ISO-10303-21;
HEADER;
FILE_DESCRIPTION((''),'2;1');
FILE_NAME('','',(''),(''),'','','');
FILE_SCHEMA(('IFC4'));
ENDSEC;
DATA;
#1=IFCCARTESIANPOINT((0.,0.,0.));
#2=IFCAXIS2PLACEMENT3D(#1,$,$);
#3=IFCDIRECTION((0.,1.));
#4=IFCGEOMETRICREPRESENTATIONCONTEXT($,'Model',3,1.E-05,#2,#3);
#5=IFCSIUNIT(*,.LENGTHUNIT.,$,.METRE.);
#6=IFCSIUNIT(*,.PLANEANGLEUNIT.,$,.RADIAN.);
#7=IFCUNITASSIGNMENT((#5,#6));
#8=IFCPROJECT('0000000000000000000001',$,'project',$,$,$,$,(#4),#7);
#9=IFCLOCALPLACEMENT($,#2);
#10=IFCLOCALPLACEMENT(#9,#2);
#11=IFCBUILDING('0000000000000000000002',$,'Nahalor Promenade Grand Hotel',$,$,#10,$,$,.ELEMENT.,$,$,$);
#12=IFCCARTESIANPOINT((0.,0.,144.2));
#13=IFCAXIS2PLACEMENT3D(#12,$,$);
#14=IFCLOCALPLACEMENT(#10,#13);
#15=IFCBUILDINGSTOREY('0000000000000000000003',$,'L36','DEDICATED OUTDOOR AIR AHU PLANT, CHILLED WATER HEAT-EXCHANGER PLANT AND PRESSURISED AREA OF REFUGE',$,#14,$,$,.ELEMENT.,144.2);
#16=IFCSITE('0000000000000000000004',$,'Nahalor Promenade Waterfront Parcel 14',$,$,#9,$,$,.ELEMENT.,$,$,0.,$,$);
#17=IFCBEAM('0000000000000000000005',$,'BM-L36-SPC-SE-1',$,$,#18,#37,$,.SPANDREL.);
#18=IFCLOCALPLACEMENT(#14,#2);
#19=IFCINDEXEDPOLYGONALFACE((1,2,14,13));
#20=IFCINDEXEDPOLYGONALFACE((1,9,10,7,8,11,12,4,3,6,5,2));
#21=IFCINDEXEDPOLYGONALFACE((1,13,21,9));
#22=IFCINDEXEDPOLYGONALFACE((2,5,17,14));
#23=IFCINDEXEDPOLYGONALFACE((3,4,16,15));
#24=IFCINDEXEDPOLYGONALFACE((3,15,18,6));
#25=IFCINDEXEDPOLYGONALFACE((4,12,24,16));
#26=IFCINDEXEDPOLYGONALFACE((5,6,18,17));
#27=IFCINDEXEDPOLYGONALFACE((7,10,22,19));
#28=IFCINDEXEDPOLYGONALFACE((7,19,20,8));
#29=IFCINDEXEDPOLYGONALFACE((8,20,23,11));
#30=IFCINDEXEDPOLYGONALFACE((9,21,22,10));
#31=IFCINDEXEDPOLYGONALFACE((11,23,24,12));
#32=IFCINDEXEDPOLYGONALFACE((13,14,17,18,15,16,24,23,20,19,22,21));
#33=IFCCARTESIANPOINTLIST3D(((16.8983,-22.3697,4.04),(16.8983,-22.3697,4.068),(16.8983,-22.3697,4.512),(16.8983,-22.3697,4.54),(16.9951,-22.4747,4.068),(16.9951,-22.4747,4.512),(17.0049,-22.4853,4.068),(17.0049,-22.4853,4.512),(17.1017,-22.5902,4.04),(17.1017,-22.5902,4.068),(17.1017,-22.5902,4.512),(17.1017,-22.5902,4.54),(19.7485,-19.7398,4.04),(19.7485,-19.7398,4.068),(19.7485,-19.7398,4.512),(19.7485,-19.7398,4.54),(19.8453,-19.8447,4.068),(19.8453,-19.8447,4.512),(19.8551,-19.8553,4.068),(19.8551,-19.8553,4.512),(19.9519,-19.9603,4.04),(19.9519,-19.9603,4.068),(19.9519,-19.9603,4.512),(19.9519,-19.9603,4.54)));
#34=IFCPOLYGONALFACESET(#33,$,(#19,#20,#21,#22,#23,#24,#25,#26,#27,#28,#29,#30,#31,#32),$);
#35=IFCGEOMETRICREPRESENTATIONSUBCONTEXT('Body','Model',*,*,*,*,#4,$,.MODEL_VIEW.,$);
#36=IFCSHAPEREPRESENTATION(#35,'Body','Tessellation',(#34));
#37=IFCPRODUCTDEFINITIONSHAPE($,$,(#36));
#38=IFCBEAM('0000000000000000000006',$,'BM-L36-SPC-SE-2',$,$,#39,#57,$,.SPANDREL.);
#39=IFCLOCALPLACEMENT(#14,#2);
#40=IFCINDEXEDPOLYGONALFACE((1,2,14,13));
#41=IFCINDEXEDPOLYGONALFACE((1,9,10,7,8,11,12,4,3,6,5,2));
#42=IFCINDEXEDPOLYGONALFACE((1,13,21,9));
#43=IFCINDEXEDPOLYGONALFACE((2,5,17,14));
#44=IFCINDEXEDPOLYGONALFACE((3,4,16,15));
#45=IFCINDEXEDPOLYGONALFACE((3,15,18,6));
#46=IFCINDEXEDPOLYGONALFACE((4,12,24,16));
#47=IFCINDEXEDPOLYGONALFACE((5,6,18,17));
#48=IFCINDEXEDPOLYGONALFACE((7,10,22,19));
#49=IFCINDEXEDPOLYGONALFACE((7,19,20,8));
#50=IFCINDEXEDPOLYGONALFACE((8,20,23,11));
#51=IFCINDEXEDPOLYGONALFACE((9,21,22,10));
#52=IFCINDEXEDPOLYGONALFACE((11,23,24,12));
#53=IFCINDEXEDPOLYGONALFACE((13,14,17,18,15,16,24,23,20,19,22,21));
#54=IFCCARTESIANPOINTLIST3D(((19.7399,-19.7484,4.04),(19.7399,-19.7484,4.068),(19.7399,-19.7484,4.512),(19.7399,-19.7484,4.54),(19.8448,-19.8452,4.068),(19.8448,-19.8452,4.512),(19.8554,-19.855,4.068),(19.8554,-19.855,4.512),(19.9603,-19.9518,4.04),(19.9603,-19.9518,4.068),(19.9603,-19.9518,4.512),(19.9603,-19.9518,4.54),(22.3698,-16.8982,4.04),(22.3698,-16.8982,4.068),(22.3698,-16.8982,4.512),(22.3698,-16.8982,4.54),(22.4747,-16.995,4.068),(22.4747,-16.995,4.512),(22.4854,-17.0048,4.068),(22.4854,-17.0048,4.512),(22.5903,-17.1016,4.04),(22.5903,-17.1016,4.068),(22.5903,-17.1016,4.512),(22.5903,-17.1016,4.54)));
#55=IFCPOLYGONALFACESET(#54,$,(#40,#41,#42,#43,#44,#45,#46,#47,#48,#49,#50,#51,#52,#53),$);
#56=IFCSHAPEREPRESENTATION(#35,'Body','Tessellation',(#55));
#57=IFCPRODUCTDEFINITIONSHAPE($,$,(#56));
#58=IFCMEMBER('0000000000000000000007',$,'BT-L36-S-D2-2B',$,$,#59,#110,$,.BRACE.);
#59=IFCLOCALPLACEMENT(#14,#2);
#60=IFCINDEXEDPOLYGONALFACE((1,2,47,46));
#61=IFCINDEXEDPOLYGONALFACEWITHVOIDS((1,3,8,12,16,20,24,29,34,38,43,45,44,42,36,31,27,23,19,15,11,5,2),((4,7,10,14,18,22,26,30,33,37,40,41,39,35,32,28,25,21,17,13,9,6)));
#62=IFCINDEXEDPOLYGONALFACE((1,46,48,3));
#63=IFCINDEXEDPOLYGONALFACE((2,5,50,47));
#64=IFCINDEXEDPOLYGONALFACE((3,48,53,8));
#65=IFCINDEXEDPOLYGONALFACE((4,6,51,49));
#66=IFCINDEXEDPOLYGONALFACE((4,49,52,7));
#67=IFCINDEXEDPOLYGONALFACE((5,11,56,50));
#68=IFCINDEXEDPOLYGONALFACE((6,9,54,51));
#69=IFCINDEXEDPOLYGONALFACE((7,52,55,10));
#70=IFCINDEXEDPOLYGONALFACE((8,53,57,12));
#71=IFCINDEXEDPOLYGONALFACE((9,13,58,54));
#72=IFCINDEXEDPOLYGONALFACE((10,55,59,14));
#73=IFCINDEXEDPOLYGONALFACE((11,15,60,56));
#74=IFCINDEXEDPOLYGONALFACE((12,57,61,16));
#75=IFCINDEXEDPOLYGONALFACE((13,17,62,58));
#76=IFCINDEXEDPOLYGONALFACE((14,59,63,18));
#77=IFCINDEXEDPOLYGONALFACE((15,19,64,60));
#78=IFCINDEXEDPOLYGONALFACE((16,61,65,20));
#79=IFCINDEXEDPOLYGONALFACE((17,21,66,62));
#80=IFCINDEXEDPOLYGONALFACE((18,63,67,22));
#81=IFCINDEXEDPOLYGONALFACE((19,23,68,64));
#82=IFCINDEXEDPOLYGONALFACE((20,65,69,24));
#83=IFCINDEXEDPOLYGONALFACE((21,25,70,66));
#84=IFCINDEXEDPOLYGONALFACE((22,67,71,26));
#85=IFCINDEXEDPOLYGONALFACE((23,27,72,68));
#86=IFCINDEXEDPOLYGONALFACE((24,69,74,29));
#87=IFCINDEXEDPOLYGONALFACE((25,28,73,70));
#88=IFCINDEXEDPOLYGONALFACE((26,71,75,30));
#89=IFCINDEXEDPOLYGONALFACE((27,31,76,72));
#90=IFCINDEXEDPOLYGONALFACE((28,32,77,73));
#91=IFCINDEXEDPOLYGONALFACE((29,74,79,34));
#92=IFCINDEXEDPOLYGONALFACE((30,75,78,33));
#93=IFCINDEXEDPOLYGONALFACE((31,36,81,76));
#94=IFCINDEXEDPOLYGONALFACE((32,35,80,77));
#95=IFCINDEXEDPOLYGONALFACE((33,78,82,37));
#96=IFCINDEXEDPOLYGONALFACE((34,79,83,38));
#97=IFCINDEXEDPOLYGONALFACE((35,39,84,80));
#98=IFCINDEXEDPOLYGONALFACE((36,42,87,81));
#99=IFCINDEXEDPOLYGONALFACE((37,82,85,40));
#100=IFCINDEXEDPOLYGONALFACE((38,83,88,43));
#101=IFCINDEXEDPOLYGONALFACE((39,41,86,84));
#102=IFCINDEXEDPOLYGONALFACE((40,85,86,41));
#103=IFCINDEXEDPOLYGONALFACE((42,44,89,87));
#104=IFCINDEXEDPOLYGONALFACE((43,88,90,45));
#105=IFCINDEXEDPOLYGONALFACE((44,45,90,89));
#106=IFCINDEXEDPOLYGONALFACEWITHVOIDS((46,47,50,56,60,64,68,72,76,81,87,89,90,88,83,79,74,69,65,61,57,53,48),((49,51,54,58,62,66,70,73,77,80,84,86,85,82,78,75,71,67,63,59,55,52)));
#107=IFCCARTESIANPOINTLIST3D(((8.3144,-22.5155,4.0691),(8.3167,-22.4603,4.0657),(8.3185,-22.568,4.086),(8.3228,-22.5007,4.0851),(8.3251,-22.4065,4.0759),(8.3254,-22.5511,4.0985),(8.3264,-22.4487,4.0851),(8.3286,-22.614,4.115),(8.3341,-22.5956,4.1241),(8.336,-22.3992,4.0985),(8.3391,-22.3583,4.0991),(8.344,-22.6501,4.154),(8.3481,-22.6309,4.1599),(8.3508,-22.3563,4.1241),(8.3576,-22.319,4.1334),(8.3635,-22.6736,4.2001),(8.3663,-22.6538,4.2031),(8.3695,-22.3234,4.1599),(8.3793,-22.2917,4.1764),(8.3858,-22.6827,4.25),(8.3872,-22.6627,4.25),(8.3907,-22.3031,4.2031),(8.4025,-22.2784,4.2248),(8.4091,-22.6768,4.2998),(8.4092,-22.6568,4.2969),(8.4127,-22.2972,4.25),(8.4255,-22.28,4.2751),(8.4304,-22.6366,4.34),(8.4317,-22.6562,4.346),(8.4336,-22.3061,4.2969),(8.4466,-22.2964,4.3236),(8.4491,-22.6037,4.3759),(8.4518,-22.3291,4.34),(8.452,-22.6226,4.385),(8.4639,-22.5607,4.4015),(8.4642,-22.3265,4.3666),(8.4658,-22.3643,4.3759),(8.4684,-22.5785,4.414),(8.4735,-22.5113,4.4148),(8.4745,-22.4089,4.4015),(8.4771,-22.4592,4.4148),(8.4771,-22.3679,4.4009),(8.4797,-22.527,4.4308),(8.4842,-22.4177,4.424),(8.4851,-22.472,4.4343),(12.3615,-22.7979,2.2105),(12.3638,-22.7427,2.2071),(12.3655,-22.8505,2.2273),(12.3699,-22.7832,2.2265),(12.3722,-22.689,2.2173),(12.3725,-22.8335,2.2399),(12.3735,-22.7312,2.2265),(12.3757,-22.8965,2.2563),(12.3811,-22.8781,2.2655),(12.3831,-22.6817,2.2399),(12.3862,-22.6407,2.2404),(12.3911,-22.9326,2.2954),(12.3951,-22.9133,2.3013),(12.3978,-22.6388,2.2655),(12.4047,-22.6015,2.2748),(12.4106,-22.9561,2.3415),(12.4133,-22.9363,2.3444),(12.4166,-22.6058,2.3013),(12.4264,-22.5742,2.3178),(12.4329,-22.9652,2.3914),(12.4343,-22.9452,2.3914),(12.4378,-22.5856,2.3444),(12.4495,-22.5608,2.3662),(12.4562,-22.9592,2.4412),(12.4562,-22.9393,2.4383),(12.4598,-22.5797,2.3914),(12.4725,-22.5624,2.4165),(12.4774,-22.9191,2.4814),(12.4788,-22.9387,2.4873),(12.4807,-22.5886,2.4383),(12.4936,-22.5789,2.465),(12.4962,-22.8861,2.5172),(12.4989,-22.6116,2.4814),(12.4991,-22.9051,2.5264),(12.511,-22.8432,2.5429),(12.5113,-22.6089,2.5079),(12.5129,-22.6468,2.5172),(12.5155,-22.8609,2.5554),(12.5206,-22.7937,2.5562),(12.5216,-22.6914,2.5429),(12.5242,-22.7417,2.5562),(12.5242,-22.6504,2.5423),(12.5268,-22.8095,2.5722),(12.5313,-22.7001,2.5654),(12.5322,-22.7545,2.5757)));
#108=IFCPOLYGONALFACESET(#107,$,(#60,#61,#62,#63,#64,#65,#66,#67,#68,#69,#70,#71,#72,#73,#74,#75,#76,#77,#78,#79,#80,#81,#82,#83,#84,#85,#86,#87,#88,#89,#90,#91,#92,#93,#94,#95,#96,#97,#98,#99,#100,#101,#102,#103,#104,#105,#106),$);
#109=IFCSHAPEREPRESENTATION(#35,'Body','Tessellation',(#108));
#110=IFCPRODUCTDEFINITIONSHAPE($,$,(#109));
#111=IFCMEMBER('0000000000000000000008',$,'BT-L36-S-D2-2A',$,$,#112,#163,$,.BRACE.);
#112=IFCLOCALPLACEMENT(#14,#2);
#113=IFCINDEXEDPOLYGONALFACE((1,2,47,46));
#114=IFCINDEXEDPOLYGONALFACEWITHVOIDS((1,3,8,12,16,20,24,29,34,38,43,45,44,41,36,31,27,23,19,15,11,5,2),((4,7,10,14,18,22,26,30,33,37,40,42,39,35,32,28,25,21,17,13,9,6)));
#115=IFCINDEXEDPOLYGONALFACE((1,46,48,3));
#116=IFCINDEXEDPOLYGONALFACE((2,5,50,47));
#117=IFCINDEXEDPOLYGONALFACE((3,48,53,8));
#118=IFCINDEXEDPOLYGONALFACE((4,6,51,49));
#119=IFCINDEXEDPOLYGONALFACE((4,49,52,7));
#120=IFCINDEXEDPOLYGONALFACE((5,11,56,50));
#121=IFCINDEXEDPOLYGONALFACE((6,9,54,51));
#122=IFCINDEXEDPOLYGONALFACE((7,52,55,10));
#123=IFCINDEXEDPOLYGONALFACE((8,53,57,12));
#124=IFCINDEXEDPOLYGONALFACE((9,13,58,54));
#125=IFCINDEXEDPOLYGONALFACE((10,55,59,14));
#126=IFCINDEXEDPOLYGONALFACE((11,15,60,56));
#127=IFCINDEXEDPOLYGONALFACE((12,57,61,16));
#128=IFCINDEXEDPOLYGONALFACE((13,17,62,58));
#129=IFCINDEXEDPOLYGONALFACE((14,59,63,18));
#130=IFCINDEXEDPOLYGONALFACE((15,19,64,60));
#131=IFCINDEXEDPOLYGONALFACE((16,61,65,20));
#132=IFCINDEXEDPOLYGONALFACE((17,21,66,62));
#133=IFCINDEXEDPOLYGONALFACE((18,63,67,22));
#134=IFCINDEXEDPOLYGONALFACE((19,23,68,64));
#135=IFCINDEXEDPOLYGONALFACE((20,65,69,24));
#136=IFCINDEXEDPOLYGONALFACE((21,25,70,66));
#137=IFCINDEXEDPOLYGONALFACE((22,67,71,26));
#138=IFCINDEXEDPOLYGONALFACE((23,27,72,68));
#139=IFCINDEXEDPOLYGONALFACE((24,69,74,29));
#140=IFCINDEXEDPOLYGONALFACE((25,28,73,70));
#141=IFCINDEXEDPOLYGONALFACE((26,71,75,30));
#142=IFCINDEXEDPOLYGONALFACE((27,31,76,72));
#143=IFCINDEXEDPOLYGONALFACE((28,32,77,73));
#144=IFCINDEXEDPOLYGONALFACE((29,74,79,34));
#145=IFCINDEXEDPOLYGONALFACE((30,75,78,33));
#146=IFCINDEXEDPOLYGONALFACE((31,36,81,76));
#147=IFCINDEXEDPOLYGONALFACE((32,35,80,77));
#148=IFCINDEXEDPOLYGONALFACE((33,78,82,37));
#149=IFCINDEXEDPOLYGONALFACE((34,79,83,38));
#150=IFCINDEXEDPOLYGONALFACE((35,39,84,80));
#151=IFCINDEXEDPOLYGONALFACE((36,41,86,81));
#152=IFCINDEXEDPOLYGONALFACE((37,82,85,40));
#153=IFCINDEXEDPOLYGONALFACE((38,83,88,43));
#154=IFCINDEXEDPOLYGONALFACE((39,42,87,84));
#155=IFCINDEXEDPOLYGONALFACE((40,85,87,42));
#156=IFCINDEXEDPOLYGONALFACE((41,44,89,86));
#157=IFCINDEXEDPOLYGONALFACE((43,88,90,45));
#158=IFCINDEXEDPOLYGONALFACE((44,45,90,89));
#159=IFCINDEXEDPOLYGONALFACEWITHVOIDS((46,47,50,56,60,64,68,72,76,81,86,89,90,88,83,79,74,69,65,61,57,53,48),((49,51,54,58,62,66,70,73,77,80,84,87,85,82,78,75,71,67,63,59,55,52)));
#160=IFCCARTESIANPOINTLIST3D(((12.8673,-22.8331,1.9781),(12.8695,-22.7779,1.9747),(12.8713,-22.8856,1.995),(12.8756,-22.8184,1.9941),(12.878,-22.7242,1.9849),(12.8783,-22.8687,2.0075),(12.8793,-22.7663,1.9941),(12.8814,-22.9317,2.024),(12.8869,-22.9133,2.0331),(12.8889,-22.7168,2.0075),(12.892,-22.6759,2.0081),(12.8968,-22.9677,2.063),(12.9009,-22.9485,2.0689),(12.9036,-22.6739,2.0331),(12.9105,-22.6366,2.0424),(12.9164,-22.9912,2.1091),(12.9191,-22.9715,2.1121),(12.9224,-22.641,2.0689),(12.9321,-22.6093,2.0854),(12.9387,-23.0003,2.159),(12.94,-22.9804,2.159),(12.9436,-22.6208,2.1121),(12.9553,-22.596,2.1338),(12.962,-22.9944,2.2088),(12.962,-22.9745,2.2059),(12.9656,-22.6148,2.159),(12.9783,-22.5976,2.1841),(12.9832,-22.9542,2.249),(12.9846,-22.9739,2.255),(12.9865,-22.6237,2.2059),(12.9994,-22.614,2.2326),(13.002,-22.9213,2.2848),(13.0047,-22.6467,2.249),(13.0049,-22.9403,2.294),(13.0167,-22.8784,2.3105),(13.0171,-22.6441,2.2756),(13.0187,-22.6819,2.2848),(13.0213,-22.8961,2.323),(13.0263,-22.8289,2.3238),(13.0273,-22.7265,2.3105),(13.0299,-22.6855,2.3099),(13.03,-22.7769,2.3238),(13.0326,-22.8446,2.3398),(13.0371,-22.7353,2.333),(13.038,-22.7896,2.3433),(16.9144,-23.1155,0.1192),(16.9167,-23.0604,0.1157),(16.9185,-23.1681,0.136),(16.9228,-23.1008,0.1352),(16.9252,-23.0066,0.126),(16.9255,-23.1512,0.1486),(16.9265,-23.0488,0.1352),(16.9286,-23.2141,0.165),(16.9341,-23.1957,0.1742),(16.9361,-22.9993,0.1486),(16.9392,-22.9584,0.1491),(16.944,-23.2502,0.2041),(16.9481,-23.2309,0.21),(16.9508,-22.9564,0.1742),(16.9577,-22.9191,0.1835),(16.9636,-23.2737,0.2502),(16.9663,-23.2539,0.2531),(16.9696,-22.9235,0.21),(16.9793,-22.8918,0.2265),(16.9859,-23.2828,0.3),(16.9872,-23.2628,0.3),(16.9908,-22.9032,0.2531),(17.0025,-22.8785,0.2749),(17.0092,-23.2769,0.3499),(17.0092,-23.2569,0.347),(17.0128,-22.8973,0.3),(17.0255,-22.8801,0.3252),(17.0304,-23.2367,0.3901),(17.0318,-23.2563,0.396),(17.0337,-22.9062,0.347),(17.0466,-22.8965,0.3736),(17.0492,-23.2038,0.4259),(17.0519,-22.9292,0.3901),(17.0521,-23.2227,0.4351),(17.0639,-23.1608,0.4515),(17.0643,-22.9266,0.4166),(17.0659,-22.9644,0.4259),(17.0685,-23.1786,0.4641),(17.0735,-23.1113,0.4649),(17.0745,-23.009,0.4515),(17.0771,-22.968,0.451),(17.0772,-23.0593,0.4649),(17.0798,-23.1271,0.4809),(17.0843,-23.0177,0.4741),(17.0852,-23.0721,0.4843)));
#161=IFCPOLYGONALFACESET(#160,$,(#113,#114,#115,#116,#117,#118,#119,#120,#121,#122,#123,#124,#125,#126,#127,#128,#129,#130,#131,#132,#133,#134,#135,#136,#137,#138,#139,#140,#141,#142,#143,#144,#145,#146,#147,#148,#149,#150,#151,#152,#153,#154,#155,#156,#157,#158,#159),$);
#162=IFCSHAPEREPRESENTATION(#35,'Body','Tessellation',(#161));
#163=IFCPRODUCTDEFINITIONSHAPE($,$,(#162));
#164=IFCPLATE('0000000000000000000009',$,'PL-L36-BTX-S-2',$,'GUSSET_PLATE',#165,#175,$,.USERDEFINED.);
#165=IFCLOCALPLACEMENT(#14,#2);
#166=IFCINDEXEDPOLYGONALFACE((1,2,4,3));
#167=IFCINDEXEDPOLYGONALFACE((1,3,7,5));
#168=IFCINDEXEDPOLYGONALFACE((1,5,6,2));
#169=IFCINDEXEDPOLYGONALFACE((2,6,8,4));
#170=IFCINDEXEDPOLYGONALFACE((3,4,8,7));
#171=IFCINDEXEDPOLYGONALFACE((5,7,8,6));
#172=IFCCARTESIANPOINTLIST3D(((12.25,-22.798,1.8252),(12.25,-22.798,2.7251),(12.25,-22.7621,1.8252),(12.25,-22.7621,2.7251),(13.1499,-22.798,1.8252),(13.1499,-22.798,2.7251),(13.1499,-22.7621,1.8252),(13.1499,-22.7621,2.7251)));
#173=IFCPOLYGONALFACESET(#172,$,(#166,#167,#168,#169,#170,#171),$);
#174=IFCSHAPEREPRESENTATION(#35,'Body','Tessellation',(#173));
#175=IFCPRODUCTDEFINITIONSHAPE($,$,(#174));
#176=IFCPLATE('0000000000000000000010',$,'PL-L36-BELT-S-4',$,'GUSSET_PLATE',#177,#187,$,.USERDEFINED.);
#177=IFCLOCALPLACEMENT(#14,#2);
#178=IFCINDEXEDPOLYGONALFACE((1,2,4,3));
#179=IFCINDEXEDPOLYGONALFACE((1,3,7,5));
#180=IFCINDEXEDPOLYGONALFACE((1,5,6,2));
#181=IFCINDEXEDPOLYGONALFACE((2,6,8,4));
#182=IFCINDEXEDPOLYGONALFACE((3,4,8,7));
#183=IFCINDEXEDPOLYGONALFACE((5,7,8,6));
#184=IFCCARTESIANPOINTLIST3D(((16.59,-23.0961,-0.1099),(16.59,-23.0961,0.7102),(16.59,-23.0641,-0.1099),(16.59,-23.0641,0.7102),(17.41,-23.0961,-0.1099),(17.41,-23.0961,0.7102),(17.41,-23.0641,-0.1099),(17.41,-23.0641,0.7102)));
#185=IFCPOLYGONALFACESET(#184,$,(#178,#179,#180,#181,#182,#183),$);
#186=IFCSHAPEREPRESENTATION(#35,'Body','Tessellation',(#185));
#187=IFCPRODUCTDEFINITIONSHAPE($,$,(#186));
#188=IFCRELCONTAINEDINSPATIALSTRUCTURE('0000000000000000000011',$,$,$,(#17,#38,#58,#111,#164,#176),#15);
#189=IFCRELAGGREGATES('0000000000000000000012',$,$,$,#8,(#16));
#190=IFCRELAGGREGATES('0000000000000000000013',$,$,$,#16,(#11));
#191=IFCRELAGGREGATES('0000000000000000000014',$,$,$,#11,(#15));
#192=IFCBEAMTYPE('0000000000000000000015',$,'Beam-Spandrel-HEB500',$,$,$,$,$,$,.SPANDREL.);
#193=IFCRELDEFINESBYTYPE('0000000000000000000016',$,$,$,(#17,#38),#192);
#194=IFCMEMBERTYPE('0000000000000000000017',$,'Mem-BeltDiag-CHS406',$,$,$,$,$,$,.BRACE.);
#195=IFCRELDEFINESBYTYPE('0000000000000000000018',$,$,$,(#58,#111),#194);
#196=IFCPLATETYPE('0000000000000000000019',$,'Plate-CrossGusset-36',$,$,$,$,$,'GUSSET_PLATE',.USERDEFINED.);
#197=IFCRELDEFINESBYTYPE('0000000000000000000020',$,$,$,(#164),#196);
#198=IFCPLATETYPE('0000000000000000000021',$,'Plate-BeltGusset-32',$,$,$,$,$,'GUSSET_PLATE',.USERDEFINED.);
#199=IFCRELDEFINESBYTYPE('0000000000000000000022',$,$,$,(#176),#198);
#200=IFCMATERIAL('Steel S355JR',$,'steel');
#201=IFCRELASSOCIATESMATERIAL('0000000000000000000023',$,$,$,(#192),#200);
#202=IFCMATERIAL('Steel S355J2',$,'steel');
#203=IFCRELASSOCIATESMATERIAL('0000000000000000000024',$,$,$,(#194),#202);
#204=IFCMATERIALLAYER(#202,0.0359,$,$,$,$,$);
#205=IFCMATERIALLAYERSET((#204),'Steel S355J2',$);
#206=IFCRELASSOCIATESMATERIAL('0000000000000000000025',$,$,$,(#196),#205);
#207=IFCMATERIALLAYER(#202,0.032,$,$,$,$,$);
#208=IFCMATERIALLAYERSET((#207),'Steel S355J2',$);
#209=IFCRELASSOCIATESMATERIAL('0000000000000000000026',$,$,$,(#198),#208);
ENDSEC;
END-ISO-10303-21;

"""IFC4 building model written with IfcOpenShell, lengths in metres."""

from ifc_helpers import new_model, si_unit, direction, frame, origin, origin_2d, place, context, subcontext, project, spatial, rectangle, hollow_circle, i_section, extrude, source, transform, mapped, material, layer, layer_set, material_profile, profile_set, type_object, element, save


model = new_model("IFC4")

# Units and contexts
model_context = context("Model", 3, precision=1e-05, world=origin(), true_north=direction((0.0, 1.0)))
body_context = subcontext(model_context, "Body", "Model", "MODEL_VIEW")
ifc_project = project(units=[si_unit("LENGTHUNIT", "METRE"), si_unit("PLANEANGLEUNIT", "RADIAN")], contexts=[model_context])

# Site, building, storey
site_placement = place(None, origin())
site = spatial("IfcSite", under=ifc_project, at=site_placement, Name="Nahalor Promenade Waterfront Parcel 14", CompositionType="ELEMENT", RefElevation=0.0)
building_placement = place(site_placement, origin())
building = spatial("IfcBuilding", under=site, at=building_placement, Name="Nahalor Promenade Grand Hotel", CompositionType="ELEMENT")
storey_placement = place(building_placement, frame((0.0, 0.0, 144.2)))
storey = spatial("IfcBuildingStorey", under=building, at=storey_placement, Name="L36", Description="DEDICATED OUTDOOR AIR AHU PLANT, CHILLED WATER HEAT-EXCHANGER PLANT AND PRESSURISED AREA OF REFUGE", CompositionType="ELEMENT", Elevation=144.2)

# Shared definitions
ifc_material_1 = material(Name="Steel S355J2", Category="steel")

# Beams
ifc_material_2 = material(Name="Steel S355JR", Category="steel")
ifc_material_profile_1 = material_profile(ifc_material_2, i_section(OverallWidth=0.3, OverallDepth=0.5, WebThickness=0.0145, FlangeThickness=0.028, at=origin_2d()), Name="HEB 500")
ifc_profile_set_1 = profile_set([ifc_material_profile_1], Name="Steel S355JR")
beam_type_1 = type_object("IfcBeamType", Name="Beam-Spandrel-HEB500", PredefinedType="SPANDREL", material=ifc_profile_set_1)
shared_shape_1 = source(origin(), body_context, "Body", "SweptSolid", [
    extrude(i_section(OverallWidth=0.3, OverallDepth=0.5, WebThickness=0.0145, FlangeThickness=0.028, at=origin_2d()), origin(), (0.0, 0.0, 1.0), 3.8782),
])
for number, where, z_axis, x_axis, name in (
    (1, (17.0, -22.48, 4.29), (0.734929, 0.678144, 0.0), (-0.678144, 0.734929, 0.0), "BM-L36-SPC-SE-1"),
    (2, (19.8501, -19.8501, 4.29), (0.678144, 0.734929, 0.0), (-0.734929, 0.678144, 0.0), "BM-L36-SPC-SE-2"),
):
    element("IfcBeam", number, at=place(storey_placement, frame(where, z_axis=z_axis, x_axis=x_axis)), inside=storey, type_object=beam_type_1, Name=name, PredefinedType="SPANDREL", context=body_context, shape_type="MappedRepresentation", body=[
        mapped(shared_shape_1, transform((0.0, 0.0, 0.0), scale=1.0)),
    ])

# Members
ifc_material_profile_2 = material_profile(ifc_material_1, hollow_circle(Radius=0.2032, WallThickness=0.02, at=origin_2d()), Name="CHS 406.4x20")
ifc_profile_set_2 = profile_set([ifc_material_profile_2], Name="Steel S355J2")
member_type = type_object("IfcMemberType", Name="Mem-BeltDiag-CHS406", PredefinedType="BRACE", material=ifc_profile_set_2)
shared_shape_2 = source(origin(), body_context, "Body", "SweptSolid", [
    extrude(hollow_circle(Radius=0.2032, WallThickness=0.02, at=origin_2d()), origin(), (0.0, 0.0, 1.0), 4.4624),
])
member_1_placement = place(storey_placement, frame((12.447, -22.7625, 2.3914), z_axis=(-0.906926, 0.063299, 0.416507), x_axis=(-0.069626, -0.997573, 0.0)))
element("IfcMember", 3, at=member_1_placement, inside=storey, type_object=member_type, Name="BT-L36-S-D2-2B", PredefinedType="BRACE", context=body_context, shape_type="MappedRepresentation", body=[
    mapped(shared_shape_2, transform((0.0, 0.0, 0.0), scale=1.0)),
])
shared_shape_3 = source(origin(), body_context, "Body", "SweptSolid", [
    extrude(hollow_circle(Radius=0.2032, WallThickness=0.02, at=origin_2d()), origin(), (0.0, 0.0, 1.0), 4.4626),
])
member_2_placement = place(storey_placement, frame((17.0, -23.0801, 0.3), z_axis=(-0.906906, 0.063298, 0.416552), x_axis=(-0.069626, -0.997573, 0.0)))
element("IfcMember", 4, at=member_2_placement, inside=storey, type_object=member_type, Name="BT-L36-S-D2-2A", PredefinedType="BRACE", context=body_context, shape_type="MappedRepresentation", body=[
    mapped(shared_shape_3, transform((0.0, 0.0, 0.0), scale=1.0)),
])

# Plates
ifc_layer_1 = layer(ifc_material_1, 0.0359)
ifc_layer_set_1 = layer_set([ifc_layer_1], Name="Steel S355J2")
plate_type_1 = type_object("IfcPlateType", Name="Plate-CrossGusset-36", ElementType="GUSSET_PLATE", PredefinedType="USERDEFINED", material=ifc_layer_set_1)
shared_shape_4 = source(origin(), body_context, "Body", "SweptSolid", [
    extrude(rectangle(XDim=0.8999, YDim=0.0359, at=origin_2d()), origin(), (0.0, 0.0, 1.0), 0.8999),
])
plate_1_placement = place(storey_placement, frame((12.7, -22.78, 1.8252), z_axis=(0.0, 0.0, 1.0), x_axis=(1.0, 0.0, 0.0)))
element("IfcPlate", 5, at=plate_1_placement, inside=storey, type_object=plate_type_1, Name="PL-L36-BTX-S-2", ObjectType="GUSSET_PLATE", PredefinedType="USERDEFINED", context=body_context, shape_type="MappedRepresentation", body=[
    mapped(shared_shape_4, transform((0.0, 0.0, 0.0), scale=1.0)),
])
ifc_layer_2 = layer(ifc_material_1, 0.032)
ifc_layer_set_2 = layer_set([ifc_layer_2], Name="Steel S355J2")
plate_type_2 = type_object("IfcPlateType", Name="Plate-BeltGusset-32", ElementType="GUSSET_PLATE", PredefinedType="USERDEFINED", material=ifc_layer_set_2)
shared_shape_5 = source(origin(), body_context, "Body", "SweptSolid", [
    extrude(rectangle(XDim=0.8201, YDim=0.032, at=origin_2d()), origin(), (0.0, 0.0, 1.0), 0.8201),
])
plate_2_placement = place(storey_placement, frame((17.0, -23.0801, -0.1099), z_axis=(0.0, 0.0, 1.0), x_axis=(1.0, 0.0, 0.0)))
element("IfcPlate", 6, at=plate_2_placement, inside=storey, type_object=plate_type_2, Name="PL-L36-BELT-S-4", ObjectType="GUSSET_PLATE", PredefinedType="USERDEFINED", context=body_context, shape_type="MappedRepresentation", body=[
    mapped(shared_shape_5, transform((0.0, 0.0, 0.0), scale=1.0)),
])

save(model, "model.ifc")
